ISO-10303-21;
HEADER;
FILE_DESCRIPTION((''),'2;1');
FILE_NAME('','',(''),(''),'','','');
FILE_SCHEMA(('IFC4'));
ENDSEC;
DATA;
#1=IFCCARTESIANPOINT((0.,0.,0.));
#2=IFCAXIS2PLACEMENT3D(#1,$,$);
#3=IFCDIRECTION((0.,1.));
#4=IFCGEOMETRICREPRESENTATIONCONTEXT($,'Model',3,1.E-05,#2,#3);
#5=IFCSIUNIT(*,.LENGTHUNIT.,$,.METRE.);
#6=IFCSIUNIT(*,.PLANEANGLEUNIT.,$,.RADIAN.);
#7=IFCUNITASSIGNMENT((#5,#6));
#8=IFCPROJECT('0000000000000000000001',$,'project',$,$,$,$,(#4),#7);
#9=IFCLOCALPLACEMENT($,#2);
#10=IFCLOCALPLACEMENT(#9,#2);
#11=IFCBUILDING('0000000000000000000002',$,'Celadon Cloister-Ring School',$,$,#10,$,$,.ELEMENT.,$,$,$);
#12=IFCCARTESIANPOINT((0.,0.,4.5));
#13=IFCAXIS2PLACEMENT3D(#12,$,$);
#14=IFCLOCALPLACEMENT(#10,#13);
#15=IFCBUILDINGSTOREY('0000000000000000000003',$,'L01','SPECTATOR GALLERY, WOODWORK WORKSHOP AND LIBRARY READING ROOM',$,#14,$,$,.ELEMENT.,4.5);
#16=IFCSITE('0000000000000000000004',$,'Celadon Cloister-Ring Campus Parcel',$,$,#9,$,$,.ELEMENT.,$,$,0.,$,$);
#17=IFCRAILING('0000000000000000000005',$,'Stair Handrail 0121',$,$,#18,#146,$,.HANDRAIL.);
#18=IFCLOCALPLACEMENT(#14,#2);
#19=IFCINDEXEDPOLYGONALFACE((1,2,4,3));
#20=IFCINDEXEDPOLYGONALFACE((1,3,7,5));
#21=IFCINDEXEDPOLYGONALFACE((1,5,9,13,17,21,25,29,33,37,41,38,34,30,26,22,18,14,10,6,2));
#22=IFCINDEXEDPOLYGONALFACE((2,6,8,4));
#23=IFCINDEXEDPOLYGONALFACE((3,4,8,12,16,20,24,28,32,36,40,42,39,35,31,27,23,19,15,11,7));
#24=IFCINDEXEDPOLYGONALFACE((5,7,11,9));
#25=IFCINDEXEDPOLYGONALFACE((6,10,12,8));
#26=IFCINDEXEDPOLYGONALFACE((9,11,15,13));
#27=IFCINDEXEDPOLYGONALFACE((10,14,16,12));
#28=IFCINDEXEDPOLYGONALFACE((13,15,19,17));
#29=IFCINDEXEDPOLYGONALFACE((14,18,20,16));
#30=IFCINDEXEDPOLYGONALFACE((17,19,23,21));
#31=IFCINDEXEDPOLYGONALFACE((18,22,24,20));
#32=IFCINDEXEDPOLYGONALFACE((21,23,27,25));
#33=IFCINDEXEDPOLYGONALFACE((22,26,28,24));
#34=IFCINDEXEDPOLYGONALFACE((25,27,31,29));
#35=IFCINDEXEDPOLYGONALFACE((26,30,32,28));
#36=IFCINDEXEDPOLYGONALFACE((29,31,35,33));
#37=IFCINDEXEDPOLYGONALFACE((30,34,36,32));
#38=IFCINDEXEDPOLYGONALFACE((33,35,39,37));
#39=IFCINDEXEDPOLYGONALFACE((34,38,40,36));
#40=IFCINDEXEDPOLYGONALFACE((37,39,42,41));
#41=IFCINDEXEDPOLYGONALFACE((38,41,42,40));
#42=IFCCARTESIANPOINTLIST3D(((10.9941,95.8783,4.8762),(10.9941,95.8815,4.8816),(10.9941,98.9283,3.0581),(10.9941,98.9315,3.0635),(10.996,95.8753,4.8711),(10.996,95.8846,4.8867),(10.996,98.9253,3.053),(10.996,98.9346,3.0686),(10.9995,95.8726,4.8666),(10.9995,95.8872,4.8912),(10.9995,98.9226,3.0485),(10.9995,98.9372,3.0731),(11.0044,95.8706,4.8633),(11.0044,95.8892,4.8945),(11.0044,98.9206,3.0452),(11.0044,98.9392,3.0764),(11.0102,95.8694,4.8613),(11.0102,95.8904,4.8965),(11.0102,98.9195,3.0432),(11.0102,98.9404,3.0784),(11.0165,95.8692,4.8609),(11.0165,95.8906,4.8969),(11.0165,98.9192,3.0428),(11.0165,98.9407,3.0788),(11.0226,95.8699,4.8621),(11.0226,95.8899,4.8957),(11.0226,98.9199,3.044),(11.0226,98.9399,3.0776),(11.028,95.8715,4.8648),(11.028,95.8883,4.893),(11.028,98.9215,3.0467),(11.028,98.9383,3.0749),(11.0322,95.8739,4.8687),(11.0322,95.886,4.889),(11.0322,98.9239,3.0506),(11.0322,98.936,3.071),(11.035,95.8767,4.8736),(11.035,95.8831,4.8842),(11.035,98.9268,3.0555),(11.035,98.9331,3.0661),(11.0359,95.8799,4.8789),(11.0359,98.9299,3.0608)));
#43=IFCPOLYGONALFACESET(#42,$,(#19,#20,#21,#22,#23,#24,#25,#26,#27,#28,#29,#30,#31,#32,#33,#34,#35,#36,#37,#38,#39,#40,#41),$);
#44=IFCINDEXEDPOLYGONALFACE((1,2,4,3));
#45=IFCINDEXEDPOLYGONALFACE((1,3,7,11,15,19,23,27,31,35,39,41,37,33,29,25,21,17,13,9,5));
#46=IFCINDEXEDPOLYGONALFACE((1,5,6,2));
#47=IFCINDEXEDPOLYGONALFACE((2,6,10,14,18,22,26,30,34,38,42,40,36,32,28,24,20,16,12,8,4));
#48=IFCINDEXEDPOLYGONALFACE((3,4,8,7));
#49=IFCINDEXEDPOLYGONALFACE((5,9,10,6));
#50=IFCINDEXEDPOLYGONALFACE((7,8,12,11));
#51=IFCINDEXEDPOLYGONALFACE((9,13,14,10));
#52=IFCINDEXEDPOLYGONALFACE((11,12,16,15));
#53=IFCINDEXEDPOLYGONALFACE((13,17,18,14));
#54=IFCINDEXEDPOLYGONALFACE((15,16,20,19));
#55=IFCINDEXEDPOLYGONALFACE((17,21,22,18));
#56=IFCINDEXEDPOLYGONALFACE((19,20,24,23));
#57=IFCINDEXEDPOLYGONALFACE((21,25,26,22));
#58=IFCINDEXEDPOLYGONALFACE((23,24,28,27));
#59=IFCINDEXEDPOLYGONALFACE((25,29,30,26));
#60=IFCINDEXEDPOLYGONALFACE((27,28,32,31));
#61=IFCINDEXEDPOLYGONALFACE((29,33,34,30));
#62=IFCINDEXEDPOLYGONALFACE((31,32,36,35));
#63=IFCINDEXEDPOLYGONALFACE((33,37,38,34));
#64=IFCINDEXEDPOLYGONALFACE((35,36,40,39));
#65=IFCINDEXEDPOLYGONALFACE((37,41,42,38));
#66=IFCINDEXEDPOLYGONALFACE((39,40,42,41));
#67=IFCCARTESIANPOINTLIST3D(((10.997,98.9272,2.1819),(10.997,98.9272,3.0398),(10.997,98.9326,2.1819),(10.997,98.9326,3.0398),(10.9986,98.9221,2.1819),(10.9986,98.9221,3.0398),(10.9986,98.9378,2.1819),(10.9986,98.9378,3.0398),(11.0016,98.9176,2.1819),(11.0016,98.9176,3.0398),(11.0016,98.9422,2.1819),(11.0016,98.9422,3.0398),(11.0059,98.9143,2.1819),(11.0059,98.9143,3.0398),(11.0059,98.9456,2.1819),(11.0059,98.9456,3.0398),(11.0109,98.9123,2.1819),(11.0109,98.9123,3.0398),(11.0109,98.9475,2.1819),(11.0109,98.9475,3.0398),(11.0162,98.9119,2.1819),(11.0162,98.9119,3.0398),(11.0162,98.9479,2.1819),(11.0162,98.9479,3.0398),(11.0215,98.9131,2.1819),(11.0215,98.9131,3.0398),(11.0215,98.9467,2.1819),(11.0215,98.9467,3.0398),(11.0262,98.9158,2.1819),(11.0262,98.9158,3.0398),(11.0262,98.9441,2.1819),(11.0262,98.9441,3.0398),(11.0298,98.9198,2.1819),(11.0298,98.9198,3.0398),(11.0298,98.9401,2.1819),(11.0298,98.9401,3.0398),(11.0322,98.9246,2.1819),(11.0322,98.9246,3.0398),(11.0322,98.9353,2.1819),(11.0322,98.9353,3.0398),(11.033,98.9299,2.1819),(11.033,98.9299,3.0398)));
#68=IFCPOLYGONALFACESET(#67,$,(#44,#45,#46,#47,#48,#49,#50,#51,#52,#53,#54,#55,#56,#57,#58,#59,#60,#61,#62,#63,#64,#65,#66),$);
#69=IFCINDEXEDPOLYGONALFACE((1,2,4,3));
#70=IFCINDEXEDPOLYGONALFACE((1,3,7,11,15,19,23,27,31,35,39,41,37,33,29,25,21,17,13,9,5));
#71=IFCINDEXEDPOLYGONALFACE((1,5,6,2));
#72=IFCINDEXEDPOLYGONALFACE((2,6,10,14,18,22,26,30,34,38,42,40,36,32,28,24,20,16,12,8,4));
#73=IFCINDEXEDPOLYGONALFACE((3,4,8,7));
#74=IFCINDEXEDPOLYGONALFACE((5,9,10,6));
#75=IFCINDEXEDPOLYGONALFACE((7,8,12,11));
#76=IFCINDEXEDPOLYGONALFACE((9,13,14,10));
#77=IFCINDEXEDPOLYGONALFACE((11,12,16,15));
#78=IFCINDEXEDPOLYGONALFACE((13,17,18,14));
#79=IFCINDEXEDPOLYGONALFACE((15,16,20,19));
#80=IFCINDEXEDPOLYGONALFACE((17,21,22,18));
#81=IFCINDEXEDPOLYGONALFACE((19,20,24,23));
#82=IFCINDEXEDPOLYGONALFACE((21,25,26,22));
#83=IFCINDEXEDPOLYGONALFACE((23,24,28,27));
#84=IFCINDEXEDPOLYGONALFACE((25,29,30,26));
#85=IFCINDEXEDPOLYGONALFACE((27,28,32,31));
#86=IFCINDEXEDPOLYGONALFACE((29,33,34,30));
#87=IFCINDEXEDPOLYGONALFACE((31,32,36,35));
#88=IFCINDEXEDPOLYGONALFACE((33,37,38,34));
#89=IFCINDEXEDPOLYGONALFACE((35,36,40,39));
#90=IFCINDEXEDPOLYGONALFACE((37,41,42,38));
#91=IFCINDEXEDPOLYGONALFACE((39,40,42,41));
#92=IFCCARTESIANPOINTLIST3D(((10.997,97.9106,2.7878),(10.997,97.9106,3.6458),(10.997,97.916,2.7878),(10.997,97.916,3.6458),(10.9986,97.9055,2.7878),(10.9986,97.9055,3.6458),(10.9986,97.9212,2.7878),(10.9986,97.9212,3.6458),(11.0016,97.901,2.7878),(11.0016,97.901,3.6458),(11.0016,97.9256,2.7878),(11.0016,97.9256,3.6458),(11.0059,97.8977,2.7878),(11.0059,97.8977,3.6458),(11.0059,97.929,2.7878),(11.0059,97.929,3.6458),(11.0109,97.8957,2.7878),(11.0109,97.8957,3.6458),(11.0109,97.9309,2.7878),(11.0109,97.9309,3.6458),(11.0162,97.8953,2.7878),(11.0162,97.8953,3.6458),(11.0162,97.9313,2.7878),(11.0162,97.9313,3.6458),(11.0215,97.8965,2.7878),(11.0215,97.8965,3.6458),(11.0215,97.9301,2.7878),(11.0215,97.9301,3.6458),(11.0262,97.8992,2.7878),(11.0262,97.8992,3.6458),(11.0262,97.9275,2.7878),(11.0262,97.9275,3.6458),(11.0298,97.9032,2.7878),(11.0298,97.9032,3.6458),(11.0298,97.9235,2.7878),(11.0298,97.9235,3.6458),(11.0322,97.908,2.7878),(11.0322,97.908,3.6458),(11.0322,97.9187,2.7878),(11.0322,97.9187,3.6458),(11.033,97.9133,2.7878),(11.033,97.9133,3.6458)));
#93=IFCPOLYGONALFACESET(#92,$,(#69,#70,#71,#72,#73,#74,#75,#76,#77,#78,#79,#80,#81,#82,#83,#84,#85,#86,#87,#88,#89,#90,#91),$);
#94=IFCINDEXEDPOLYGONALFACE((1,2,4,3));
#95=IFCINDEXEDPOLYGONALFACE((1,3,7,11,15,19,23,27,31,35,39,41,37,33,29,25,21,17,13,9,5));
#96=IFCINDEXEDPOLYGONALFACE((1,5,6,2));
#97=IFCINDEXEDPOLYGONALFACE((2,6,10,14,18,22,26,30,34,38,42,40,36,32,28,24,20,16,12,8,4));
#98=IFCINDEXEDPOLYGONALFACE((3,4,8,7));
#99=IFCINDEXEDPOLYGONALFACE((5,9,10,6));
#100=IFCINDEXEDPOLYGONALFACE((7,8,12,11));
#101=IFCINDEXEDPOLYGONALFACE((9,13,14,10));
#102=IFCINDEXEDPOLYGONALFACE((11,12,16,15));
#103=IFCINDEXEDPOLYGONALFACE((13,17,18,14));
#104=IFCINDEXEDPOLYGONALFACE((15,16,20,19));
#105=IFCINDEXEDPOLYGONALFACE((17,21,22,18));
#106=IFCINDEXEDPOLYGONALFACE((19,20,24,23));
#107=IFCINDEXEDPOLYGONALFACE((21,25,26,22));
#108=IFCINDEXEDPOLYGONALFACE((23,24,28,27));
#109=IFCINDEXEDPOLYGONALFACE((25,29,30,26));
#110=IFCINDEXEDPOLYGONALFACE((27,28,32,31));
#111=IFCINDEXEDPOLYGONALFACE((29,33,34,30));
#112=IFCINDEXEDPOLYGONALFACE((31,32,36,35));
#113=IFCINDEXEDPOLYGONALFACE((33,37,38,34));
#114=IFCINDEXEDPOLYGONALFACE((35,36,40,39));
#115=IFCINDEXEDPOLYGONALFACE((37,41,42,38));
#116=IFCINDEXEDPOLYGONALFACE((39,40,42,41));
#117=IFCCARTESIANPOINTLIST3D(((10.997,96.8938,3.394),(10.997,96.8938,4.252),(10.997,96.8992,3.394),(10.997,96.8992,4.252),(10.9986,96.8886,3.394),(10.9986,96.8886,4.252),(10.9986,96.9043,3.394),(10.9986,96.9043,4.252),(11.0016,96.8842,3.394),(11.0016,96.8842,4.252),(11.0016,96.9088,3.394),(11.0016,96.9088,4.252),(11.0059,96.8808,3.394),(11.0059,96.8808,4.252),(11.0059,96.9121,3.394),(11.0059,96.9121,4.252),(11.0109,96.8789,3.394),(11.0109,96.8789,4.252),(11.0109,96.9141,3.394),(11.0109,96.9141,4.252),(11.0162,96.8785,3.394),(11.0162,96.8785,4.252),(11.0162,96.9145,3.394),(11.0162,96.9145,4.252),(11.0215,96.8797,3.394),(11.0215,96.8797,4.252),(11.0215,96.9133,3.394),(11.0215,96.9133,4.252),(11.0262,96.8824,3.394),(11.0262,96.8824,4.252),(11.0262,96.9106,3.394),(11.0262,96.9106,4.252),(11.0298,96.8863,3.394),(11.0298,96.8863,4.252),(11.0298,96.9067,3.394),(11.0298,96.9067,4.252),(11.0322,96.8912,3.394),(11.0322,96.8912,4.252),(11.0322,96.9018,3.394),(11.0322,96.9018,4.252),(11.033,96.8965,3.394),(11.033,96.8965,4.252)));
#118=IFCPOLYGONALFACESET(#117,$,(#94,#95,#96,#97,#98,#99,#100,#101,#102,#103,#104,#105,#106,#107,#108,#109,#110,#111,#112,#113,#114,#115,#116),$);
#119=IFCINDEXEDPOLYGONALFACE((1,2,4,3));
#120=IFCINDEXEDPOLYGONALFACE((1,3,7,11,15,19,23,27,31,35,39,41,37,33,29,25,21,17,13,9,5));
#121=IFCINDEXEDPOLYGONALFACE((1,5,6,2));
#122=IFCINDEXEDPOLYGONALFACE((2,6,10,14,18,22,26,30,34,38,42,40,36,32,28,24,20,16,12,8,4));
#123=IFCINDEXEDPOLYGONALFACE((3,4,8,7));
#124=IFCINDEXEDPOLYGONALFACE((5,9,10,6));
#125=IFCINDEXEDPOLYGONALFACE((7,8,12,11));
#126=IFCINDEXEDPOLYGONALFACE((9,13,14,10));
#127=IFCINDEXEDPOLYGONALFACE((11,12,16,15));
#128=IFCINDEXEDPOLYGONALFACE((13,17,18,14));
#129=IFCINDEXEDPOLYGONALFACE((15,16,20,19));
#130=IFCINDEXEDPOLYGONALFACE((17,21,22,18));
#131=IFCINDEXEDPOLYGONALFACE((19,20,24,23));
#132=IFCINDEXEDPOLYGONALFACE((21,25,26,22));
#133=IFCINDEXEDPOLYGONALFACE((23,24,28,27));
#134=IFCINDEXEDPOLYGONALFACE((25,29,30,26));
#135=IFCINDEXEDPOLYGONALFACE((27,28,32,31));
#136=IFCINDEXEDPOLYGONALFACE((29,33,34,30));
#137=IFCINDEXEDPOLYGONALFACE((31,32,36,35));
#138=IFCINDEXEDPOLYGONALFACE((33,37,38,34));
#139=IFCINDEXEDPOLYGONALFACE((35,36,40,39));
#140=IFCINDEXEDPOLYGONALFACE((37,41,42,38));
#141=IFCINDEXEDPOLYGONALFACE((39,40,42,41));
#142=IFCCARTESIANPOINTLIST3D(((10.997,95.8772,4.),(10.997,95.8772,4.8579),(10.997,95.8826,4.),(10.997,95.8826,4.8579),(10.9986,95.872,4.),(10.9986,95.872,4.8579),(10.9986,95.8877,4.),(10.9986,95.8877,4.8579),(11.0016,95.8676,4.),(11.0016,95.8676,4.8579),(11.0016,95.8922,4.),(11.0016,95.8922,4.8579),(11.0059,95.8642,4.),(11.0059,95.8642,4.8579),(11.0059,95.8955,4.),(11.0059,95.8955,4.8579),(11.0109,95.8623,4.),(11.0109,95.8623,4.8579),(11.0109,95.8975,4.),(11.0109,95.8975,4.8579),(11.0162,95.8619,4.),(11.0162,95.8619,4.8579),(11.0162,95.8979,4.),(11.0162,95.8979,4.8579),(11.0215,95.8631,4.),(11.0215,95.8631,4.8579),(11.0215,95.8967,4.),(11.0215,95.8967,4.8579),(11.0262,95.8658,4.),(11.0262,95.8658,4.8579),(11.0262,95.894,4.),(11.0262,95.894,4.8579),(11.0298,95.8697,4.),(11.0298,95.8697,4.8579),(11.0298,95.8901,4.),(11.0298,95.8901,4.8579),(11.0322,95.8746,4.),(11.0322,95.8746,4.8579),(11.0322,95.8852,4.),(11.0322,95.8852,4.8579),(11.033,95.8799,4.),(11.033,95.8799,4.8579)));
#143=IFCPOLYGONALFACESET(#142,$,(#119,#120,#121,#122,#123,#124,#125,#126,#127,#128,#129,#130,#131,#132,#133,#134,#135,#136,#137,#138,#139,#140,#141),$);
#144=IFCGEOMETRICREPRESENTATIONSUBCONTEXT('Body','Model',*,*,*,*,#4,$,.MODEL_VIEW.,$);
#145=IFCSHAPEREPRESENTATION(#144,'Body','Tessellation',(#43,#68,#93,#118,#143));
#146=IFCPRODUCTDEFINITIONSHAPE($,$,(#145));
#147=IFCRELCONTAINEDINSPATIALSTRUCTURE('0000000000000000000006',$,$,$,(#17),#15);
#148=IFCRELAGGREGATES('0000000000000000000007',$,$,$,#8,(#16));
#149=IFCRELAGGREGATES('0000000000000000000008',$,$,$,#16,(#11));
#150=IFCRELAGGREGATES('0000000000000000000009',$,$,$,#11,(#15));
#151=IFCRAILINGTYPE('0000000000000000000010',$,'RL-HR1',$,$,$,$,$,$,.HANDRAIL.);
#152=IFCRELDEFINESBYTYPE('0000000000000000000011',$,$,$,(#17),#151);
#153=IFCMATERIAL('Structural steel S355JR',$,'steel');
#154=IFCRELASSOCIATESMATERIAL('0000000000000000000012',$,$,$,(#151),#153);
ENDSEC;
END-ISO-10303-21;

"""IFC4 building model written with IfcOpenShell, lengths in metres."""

from ifc_helpers import new_model, si_unit, direction, frame, origin, origin_2d, place, context, subcontext, project, spatial, circle, extrude, material, type_object, element, save


model = new_model("IFC4")

# Units and contexts
model_context = context("Model", 3, precision=1e-05, world=origin(), true_north=direction((0.0, 1.0)))
body_context = subcontext(model_context, "Body", "Model", "MODEL_VIEW")
ifc_project = project(units=[si_unit("LENGTHUNIT", "METRE"), si_unit("PLANEANGLEUNIT", "RADIAN")], contexts=[model_context])

# Site, building, storey
site_placement = place(None, origin())
site = spatial("IfcSite", under=ifc_project, at=site_placement, Name="Celadon Cloister-Ring Campus Parcel", CompositionType="ELEMENT", RefElevation=0.0)
building_placement = place(site_placement, origin())
building = spatial("IfcBuilding", under=site, at=building_placement, Name="Celadon Cloister-Ring School", CompositionType="ELEMENT")
storey_placement = place(building_placement, frame((0.0, 0.0, 4.5)))
storey = spatial("IfcBuildingStorey", under=building, at=storey_placement, Name="L01", Description="SPECTATOR GALLERY, WOODWORK WORKSHOP AND LIBRARY READING ROOM", CompositionType="ELEMENT", Elevation=4.5)

# Railing
ifc_material_1 = material(Name="Structural steel S355JR", Category="steel")
railing_type_1 = type_object("IfcRailingType", Name="RL-HR1", PredefinedType="HANDRAIL", material=ifc_material_1)
for number, where, name in (
    (1, (11.0149, 98.9299, 2.1819), "Stair Handrail 0121"),
):
    element("IfcRailing", number, at=place(storey_placement, frame(where)), inside=storey, type_object=railing_type_1, Name=name, PredefinedType="HANDRAIL", context=body_context, shape_type="SweptSolid", body=[
        extrude(circle(Radius=0.021, at=origin_2d()), frame((0.0, 0.0, 0.8789), z_axis=(0.0, -0.85897, 0.512026), x_axis=(1.0, 0.0, 0.0)), (0.0, 0.0, 1.0), 3.5508),
        extrude(circle(Radius=0.0181, at=origin_2d()), origin(), (0.0, 0.0, 1.0), 0.8579),
        extrude(circle(Radius=0.0181, at=origin_2d()), frame((0.0, -1.0166, 0.606)), (0.0, 0.0, 1.0), 0.8579),
        extrude(circle(Radius=0.0181, at=origin_2d()), frame((0.0, -2.0334, 1.2122)), (0.0, 0.0, 1.0), 0.8579),
        extrude(circle(Radius=0.0181, at=origin_2d()), frame((0.0, -3.05, 1.8181)), (0.0, 0.0, 1.0), 0.8579),
    ])

save(model, "model.ifc")
